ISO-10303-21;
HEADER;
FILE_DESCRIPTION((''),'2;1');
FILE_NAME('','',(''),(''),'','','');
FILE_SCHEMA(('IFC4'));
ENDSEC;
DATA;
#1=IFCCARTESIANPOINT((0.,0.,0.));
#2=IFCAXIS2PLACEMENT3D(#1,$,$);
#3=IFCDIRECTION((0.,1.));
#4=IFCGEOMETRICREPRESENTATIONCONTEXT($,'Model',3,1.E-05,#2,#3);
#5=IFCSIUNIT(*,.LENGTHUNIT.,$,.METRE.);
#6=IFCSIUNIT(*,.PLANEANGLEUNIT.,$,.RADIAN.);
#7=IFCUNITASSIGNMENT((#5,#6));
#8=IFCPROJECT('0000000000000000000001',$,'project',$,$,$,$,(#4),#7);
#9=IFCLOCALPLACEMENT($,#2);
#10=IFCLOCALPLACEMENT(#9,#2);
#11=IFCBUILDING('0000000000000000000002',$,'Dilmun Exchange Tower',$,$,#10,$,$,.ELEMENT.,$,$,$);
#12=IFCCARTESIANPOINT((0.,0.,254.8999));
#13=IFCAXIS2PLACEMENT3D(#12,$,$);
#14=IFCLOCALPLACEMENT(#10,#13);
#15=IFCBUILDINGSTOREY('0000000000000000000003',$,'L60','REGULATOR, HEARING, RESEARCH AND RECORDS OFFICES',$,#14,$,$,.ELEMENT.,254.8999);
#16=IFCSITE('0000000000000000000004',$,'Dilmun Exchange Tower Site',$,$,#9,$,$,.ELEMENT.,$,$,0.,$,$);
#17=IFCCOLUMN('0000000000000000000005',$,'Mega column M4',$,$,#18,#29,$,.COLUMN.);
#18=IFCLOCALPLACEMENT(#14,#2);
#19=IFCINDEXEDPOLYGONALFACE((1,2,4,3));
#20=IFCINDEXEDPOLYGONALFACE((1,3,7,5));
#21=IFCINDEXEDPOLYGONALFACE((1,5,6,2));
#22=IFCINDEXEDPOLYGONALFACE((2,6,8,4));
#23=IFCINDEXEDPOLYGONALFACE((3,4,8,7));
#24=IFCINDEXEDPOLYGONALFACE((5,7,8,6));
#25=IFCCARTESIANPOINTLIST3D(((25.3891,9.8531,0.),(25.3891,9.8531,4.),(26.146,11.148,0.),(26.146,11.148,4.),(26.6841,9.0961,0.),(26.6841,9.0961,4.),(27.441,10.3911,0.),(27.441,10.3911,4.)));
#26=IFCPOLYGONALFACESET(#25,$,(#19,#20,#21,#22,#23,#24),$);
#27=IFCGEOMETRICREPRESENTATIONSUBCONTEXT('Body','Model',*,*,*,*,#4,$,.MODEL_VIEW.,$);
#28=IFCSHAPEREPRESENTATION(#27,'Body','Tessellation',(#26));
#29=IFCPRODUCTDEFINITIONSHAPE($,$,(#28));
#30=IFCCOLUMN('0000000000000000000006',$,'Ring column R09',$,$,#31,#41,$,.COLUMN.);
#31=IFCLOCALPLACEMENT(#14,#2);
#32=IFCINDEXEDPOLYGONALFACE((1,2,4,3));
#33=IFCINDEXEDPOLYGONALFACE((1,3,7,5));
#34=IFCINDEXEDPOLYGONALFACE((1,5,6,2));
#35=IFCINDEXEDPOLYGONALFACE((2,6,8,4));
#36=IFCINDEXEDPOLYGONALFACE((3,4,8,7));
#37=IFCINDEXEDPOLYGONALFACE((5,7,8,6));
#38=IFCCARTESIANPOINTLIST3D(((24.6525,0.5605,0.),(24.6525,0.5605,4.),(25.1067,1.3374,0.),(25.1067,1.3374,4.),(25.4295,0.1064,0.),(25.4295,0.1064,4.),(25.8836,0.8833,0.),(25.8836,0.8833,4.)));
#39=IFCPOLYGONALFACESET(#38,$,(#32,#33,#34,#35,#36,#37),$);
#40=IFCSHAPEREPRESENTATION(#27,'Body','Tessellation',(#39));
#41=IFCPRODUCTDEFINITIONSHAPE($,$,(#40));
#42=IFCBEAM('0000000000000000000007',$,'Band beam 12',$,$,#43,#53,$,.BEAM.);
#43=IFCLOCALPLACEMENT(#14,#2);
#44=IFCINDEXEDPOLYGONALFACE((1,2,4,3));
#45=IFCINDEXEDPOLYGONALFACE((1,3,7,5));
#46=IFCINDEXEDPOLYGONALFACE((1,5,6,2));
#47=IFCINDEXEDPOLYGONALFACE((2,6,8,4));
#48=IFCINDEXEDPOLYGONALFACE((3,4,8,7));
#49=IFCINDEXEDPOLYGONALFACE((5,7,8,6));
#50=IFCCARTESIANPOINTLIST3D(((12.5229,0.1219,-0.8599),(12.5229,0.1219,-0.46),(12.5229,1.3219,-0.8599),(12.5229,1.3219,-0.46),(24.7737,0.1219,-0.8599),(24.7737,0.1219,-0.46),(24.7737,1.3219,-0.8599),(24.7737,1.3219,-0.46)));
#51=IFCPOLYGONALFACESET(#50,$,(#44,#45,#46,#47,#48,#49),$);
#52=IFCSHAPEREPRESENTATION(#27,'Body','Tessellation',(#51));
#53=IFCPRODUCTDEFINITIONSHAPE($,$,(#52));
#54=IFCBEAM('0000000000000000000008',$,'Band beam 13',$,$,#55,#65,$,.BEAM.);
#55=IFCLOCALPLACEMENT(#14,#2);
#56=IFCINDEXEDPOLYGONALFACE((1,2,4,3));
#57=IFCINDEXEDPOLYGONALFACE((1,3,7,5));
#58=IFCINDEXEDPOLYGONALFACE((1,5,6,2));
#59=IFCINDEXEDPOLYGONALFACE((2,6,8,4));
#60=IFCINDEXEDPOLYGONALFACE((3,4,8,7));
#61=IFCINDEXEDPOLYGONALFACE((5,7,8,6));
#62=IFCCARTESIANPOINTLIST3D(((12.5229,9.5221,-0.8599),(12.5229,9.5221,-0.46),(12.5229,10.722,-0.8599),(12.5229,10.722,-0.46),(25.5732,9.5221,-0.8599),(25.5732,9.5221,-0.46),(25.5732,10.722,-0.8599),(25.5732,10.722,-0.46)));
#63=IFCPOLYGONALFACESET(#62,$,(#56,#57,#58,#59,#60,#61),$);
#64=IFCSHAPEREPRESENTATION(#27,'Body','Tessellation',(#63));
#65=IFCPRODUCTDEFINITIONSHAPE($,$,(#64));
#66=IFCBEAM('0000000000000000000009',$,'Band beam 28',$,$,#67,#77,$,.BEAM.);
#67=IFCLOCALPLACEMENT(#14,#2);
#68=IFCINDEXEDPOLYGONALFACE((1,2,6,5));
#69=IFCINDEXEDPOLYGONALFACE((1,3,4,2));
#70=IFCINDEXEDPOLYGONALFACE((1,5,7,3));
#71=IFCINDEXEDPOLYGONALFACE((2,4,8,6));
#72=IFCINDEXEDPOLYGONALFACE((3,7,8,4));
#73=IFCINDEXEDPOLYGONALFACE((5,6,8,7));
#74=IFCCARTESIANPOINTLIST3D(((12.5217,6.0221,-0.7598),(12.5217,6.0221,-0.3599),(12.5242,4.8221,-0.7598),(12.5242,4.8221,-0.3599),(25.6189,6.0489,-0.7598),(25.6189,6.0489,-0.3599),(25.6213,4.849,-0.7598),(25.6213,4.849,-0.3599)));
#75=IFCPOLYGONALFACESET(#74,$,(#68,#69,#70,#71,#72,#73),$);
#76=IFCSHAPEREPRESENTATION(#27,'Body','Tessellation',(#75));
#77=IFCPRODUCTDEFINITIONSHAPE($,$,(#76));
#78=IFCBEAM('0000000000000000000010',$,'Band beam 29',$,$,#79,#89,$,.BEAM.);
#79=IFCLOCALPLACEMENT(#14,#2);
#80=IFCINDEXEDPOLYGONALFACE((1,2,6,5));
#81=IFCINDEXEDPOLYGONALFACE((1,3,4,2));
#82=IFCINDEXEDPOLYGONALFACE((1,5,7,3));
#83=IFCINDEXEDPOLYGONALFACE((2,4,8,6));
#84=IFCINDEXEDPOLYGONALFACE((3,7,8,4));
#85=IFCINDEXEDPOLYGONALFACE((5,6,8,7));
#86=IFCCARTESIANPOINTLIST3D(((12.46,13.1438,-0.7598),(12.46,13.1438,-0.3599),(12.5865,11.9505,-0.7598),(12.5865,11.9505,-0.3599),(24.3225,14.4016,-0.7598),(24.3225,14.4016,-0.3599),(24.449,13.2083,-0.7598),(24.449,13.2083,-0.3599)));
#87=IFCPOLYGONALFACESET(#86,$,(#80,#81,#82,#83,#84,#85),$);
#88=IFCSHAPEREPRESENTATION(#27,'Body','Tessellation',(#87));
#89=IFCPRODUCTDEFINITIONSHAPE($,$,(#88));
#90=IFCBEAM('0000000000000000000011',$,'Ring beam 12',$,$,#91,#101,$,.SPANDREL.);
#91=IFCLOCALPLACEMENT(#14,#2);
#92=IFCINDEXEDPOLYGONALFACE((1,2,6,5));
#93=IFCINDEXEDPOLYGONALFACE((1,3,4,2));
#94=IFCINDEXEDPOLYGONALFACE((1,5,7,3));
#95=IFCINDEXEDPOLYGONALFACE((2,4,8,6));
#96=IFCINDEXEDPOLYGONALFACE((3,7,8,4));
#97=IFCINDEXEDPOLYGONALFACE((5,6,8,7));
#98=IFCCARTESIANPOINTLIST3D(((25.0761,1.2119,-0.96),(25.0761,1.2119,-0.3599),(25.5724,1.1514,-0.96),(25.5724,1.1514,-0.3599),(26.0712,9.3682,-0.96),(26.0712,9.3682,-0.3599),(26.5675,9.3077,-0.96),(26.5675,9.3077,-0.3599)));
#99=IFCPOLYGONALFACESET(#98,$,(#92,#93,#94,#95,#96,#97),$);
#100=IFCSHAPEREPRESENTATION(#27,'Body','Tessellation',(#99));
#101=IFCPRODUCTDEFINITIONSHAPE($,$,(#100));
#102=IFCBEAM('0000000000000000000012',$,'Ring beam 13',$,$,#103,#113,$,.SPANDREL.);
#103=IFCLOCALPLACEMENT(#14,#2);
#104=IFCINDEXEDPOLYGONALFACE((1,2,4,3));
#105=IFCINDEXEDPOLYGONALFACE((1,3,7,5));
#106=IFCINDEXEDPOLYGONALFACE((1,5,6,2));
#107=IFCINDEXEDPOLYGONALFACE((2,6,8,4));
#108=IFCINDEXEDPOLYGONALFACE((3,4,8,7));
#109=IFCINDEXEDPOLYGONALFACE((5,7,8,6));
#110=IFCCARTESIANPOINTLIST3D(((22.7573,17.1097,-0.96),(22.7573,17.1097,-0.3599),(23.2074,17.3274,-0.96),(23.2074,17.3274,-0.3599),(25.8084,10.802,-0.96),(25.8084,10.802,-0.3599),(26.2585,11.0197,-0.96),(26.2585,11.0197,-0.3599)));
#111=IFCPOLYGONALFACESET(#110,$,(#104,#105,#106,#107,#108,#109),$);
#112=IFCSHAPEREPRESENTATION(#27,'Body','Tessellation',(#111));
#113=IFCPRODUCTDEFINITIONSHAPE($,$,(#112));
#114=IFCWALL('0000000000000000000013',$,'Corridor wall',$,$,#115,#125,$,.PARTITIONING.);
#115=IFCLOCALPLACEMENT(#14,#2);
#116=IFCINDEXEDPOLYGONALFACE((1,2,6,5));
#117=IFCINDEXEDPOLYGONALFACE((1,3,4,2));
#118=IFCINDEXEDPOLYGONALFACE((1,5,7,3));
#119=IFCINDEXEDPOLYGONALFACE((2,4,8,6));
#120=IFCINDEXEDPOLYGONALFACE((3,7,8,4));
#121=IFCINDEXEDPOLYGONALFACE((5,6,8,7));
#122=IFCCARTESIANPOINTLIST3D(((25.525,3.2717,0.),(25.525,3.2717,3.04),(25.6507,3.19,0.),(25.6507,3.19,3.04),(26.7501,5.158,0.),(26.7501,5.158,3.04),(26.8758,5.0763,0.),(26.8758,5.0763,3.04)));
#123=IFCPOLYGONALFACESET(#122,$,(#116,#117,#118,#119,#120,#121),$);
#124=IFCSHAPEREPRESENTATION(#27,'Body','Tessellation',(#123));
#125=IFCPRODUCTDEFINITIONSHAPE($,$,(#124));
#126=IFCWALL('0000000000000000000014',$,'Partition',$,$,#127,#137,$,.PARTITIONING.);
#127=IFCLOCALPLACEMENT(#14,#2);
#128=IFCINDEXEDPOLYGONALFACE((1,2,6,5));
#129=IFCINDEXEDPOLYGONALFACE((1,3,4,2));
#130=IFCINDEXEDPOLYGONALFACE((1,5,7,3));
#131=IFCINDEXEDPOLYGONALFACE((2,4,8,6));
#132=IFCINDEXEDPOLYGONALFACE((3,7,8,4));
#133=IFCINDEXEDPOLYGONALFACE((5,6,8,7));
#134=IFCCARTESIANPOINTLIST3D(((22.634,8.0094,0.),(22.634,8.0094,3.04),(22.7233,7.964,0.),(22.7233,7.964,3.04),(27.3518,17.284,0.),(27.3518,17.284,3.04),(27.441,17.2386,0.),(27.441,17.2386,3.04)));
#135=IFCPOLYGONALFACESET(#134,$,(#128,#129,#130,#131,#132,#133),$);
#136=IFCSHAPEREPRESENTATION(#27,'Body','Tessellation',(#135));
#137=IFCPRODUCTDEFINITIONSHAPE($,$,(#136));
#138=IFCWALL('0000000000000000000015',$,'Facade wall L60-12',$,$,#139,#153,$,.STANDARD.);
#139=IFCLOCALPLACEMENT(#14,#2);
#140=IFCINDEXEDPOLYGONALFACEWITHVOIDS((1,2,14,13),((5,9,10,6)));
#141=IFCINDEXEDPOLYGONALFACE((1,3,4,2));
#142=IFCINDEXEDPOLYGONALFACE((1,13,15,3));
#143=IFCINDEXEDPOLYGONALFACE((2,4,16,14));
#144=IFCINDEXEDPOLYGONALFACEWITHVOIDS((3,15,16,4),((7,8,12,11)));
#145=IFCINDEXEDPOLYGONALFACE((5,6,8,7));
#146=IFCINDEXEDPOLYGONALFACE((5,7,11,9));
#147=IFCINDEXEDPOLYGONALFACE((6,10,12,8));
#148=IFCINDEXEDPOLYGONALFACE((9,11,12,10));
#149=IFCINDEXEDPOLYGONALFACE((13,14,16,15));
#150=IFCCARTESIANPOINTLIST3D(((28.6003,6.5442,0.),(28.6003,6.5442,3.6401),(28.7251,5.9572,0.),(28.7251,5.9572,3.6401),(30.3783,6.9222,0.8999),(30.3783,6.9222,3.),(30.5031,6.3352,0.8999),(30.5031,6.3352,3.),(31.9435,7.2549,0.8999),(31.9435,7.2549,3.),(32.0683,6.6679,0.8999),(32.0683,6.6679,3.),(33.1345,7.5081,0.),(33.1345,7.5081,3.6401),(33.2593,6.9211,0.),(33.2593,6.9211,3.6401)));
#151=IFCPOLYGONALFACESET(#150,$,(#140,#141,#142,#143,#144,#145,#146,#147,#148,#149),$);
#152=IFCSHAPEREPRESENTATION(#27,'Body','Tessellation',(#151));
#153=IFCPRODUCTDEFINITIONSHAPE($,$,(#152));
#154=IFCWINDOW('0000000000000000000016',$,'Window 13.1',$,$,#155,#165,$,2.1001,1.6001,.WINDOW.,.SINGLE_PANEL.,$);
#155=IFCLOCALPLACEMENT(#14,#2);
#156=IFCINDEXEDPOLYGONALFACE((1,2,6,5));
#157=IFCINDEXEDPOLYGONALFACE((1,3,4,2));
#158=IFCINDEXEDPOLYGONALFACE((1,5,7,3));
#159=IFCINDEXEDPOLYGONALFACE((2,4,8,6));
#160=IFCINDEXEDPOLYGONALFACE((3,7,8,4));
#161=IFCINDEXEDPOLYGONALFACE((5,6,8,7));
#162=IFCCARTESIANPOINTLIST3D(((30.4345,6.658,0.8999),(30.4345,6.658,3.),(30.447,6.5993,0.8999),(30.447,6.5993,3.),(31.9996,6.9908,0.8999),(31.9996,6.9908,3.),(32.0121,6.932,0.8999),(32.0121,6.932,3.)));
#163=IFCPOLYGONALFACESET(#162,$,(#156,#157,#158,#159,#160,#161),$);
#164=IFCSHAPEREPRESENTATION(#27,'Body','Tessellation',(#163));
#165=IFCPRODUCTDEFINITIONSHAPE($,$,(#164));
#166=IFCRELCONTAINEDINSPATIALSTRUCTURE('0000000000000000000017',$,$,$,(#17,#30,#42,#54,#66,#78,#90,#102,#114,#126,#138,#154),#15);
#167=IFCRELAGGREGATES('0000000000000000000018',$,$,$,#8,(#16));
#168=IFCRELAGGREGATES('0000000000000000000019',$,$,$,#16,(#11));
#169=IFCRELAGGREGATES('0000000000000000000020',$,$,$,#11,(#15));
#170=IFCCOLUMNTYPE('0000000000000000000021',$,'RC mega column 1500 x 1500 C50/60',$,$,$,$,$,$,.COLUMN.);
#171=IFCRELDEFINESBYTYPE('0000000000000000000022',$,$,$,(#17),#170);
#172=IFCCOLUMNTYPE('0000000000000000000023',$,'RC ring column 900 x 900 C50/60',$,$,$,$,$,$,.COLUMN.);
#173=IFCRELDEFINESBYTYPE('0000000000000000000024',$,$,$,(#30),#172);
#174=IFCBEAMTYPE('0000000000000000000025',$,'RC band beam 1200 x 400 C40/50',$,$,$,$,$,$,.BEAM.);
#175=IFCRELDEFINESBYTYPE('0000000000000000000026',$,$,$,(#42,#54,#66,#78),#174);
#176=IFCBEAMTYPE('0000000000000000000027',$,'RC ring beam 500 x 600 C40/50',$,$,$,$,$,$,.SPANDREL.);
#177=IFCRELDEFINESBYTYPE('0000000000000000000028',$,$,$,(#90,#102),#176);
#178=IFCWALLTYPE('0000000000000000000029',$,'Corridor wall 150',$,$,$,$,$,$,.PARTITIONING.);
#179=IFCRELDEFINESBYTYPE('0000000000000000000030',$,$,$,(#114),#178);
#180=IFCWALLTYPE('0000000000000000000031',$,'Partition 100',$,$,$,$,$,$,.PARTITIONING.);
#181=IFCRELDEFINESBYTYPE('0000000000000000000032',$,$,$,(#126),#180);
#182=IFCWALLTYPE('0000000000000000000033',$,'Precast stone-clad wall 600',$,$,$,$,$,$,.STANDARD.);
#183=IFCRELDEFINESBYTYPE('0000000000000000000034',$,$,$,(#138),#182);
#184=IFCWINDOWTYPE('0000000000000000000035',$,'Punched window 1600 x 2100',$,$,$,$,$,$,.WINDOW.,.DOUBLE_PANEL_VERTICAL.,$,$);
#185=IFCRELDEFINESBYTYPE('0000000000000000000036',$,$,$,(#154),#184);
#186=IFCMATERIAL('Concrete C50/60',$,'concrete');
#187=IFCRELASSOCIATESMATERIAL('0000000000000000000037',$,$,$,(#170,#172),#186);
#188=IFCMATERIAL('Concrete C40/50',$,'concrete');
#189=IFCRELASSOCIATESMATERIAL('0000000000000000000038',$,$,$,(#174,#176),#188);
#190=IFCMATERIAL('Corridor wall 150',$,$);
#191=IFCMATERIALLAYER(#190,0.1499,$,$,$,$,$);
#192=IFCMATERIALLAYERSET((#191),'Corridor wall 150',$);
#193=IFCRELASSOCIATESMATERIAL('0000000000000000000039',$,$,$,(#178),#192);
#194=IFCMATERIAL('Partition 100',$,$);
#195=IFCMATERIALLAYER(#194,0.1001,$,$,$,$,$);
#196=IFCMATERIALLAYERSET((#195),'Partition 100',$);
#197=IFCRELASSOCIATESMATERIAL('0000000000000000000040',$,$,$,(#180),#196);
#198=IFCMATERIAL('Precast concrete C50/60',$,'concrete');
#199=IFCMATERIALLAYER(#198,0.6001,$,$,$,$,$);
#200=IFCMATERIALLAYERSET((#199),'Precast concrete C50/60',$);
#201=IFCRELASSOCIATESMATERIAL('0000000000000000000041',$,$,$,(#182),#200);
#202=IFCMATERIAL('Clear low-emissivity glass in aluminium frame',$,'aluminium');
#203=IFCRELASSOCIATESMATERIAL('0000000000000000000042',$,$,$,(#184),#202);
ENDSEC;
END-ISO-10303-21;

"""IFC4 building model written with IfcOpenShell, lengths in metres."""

from ifc_helpers import new_model, si_unit, direction, frame, frame_2d, origin, origin_2d, place, context, subcontext, project, spatial, rectangle, extrude, material, layer, layer_set, material_profile, profile_set, type_object, element, fill, save


model = new_model("IFC4")

# Units and contexts
model_context = context("Model", 3, precision=1e-05, world=origin(), true_north=direction((0.0, 1.0)))
body_context = subcontext(model_context, "Body", "Model", "MODEL_VIEW")
ifc_project = project(units=[si_unit("LENGTHUNIT", "METRE"), si_unit("PLANEANGLEUNIT", "RADIAN")], contexts=[model_context])

# Site, building, storey
site_placement = place(None, origin())
site = spatial("IfcSite", under=ifc_project, at=site_placement, Name="Dilmun Exchange Tower Site", CompositionType="ELEMENT", RefElevation=0.0)
building_placement = place(site_placement, origin())
building = spatial("IfcBuilding", under=site, at=building_placement, Name="Dilmun Exchange Tower", CompositionType="ELEMENT")
storey_placement = place(building_placement, frame((0.0, 0.0, 254.8999)))
storey = spatial("IfcBuildingStorey", under=building, at=storey_placement, Name="L60", Description="REGULATOR, HEARING, RESEARCH AND RECORDS OFFICES", CompositionType="ELEMENT", Elevation=254.8999)

# Columns
ifc_material_1 = material(Name="Concrete C50/60", Category="concrete")
ifc_material_profile_1 = material_profile(ifc_material_1, rectangle(XDim=1.5, YDim=1.5, at=origin_2d()), Name="1500 x 1500")
ifc_profile_set_1 = profile_set([ifc_material_profile_1], Name="Concrete C50/60")
column_type_1 = type_object("IfcColumnType", Name="RC mega column 1500 x 1500 C50/60", PredefinedType="COLUMN", material=ifc_profile_set_1)
column_1_placement = place(storey_placement, frame((26.415, 10.1221, 0.0), z_axis=(0.0, 0.0, 1.0), x_axis=(0.504644, 0.863328, 0.0)))
element("IfcColumn", 1, at=column_1_placement, inside=storey, type_object=column_type_1, Name="Mega column M4", PredefinedType="COLUMN", context=body_context, shape_type="SweptSolid", body=[
    extrude(rectangle(XDim=1.5, YDim=1.5, at=origin_2d()), origin(), (0.0, 0.0, 1.0), 4.0),
])
ifc_material_profile_2 = material_profile(ifc_material_1, rectangle(XDim=0.8999, YDim=0.8999, at=origin_2d()), Name="900 x 900")
ifc_profile_set_2 = profile_set([ifc_material_profile_2], Name="Concrete C50/60")
column_type_2 = type_object("IfcColumnType", Name="RC ring column 900 x 900 C50/60", PredefinedType="COLUMN", material=ifc_profile_set_2)
column_2_placement = place(storey_placement, frame((25.2681, 0.7219, 0.0), z_axis=(0.0, 0.0, 1.0), x_axis=(0.504644, 0.863328, 0.0)))
element("IfcColumn", 2, at=column_2_placement, inside=storey, type_object=column_type_2, Name="Ring column R09", PredefinedType="COLUMN", context=body_context, shape_type="SweptSolid", body=[
    extrude(rectangle(XDim=0.8999, YDim=0.8999, at=origin_2d()), origin(), (0.0, 0.0, 1.0), 4.0),
])

# Beams
ifc_material_2 = material(Name="Concrete C40/50", Category="concrete")
ifc_material_profile_3 = material_profile(ifc_material_2, rectangle(XDim=1.2, YDim=0.3999, at=origin_2d()), Name="1200 x 400")
ifc_profile_set_3 = profile_set([ifc_material_profile_3], Name="Concrete C40/50")
beam_type_1 = type_object("IfcBeamType", Name="RC band beam 1200 x 400 C40/50", PredefinedType="BEAM", material=ifc_profile_set_3)
beam_1_placement = place(storey_placement, frame((24.7737, 0.7219, -0.6599), z_axis=(-1.0, 0.0, 0.0), x_axis=(0.0, -1.0, 0.0)))
element("IfcBeam", 3, at=beam_1_placement, inside=storey, type_object=beam_type_1, Name="Band beam 12", PredefinedType="BEAM", context=body_context, shape_type="SweptSolid", body=[
    extrude(rectangle(XDim=1.2, YDim=0.3999, at=origin_2d()), origin(), (0.0, 0.0, 1.0), 12.2507),
])
beam_2_placement = place(storey_placement, frame((25.5732, 10.1221, -0.6599), z_axis=(-1.0, 0.0, 0.0), x_axis=(0.0, -1.0, 0.0)))
element("IfcBeam", 4, at=beam_2_placement, inside=storey, type_object=beam_type_1, Name="Band beam 13", PredefinedType="BEAM", context=body_context, shape_type="SweptSolid", body=[
    extrude(rectangle(XDim=1.2, YDim=0.3999, at=origin_2d()), origin(), (0.0, 0.0, 1.0), 13.0503),
])
beam_3_placement = place(storey_placement, frame((25.6201, 5.449, -0.5598), z_axis=(-0.999998, -0.00205, 0.0), x_axis=(0.00205, -0.999998, 0.0)))
element("IfcBeam", 5, at=beam_3_placement, inside=storey, type_object=beam_type_1, Name="Band beam 28", PredefinedType="BEAM", context=body_context, shape_type="SweptSolid", body=[
    extrude(rectangle(XDim=1.2, YDim=0.3999, at=origin_2d()), origin(), (0.0, 0.0, 1.0), 13.0972),
])
beam_4_placement = place(storey_placement, frame((24.3857, 13.8049, -0.5598), z_axis=(-0.994426, -0.105441, 0.0), x_axis=(0.105441, -0.994426, 0.0)))
element("IfcBeam", 6, at=beam_4_placement, inside=storey, type_object=beam_type_1, Name="Band beam 29", PredefinedType="BEAM", context=body_context, shape_type="SweptSolid", body=[
    extrude(rectangle(XDim=1.2, YDim=0.3999, at=origin_2d()), origin(), (0.0, 0.0, 1.0), 11.929),
])
ifc_material_profile_4 = material_profile(ifc_material_2, rectangle(XDim=0.5, YDim=0.6001, at=origin_2d()), Name="500 x 600")
ifc_profile_set_4 = profile_set([ifc_material_profile_4], Name="Concrete C40/50")
beam_type_2 = type_object("IfcBeamType", Name="RC ring beam 500 x 600 C40/50", PredefinedType="SPANDREL", material=ifc_profile_set_4)
beam_5_placement = place(storey_placement, frame((25.3242, 1.1816, -0.6599), z_axis=(0.121109, 0.992639, 0.0), x_axis=(-0.992639, 0.121109, 0.0)))
element("IfcBeam", 7, at=beam_5_placement, inside=storey, type_object=beam_type_2, Name="Ring beam 12", PredefinedType="SPANDREL", context=body_context, shape_type="SweptSolid", body=[
    extrude(rectangle(XDim=0.5, YDim=0.6001, at=origin_2d()), origin(), (0.0, 0.0, 1.0), 8.2168),
])
beam_6_placement = place(storey_placement, frame((26.0334, 10.9109, -0.6599), z_axis=(-0.43544, 0.900218, 0.0), x_axis=(-0.900218, -0.43544, 0.0)))
element("IfcBeam", 8, at=beam_6_placement, inside=storey, type_object=beam_type_2, Name="Ring beam 13", PredefinedType="SPANDREL", context=body_context, shape_type="SweptSolid", body=[
    extrude(rectangle(XDim=0.5, YDim=0.6001, at=origin_2d()), origin(), (0.0, 0.0, 1.0), 7.0068),
])

# Walls
ifc_material_3 = material(Name="Corridor wall 150")
ifc_layer_1 = layer(ifc_material_3, 0.1499)
ifc_layer_set_1 = layer_set([ifc_layer_1], Name="Corridor wall 150")
wall_type_1 = type_object("IfcWallType", Name="Corridor wall 150", PredefinedType="PARTITIONING", material=ifc_layer_set_1)
wall_1_placement = place(storey_placement, frame((25.5879, 3.231, 0.0), z_axis=(0.0, 0.0, 1.0), x_axis=(0.544691, 0.838637, 0.0)))
element("IfcWall", 9, at=wall_1_placement, inside=storey, type_object=wall_type_1, Name="Corridor wall", PredefinedType="PARTITIONING", context=body_context, shape_type="SweptSolid", body=[
    extrude(rectangle(XDim=2.2493, YDim=0.1499, at=frame_2d((1.1245, 0.0))), origin(), (0.0, 0.0, 1.0), 3.04),
])
ifc_material_4 = material(Name="Partition 100")
ifc_layer_2 = layer(ifc_material_4, 0.1001)
ifc_layer_set_2 = layer_set([ifc_layer_2], Name="Partition 100")
wall_type_2 = type_object("IfcWallType", Name="Partition 100", PredefinedType="PARTITIONING", material=ifc_layer_set_2)
wall_2_placement = place(storey_placement, frame((22.6787, 7.9868, 0.0), z_axis=(0.0, 0.0, 1.0), x_axis=(0.453388, 0.891313, 0.0)))
element("IfcWall", 10, at=wall_2_placement, inside=storey, type_object=wall_type_2, Name="Partition", PredefinedType="PARTITIONING", context=body_context, shape_type="SweptSolid", body=[
    extrude(rectangle(XDim=10.4055, YDim=0.1001, at=frame_2d((5.2026, 0.0))), origin(), (0.0, 0.0, 1.0), 3.04),
])

# Wall, opening, window
ifc_material_5 = material(Name="Precast concrete C50/60", Category="concrete")
ifc_layer_3 = layer(ifc_material_5, 0.6001)
ifc_layer_set_3 = layer_set([ifc_layer_3], Name="Precast concrete C50/60")
wall_type_3 = type_object("IfcWallType", Name="Precast stone-clad wall 600", PredefinedType="STANDARD", material=ifc_layer_set_3)
wall_3_placement = place(storey_placement, frame((33.197, 7.2146, 0.0), z_axis=(0.0, 0.0, 1.0), x_axis=(-0.978143, -0.207932, 0.0)))
wall_3 = element("IfcWall", 11, at=wall_3_placement, inside=storey, type_object=wall_type_3, Name="Facade wall L60-12", PredefinedType="STANDARD", context=body_context, shape_type="SweptSolid", body=[
    extrude(rectangle(XDim=4.6355, YDim=0.6001, at=frame_2d((2.3179, 0.0))), origin(), (0.0, 0.0, 1.0), 3.6401),
])
opening_1_placement = place(wall_3_placement, frame((1.2178, 0.0, 0.8999)))
opening_1 = element("IfcOpeningElement", 12, at=opening_1_placement, cuts=wall_3, PredefinedType="OPENING", context=body_context, shape_type="SweptSolid", body=[
    extrude(rectangle(XDim=1.6001, YDim=2.1001, at=frame_2d((0.8, 1.05))), frame((0.0, 0.3101, 0.0), z_axis=(0.0, -1.0, 0.0), x_axis=(1.0, 0.0, 0.0)), (0.0, 0.0, 1.0), 0.6201),
])
ifc_material_6 = material(Name="Clear low-emissivity glass in aluminium frame", Category="aluminium")
window_type_1 = type_object("IfcWindowType", Name="Punched window 1600 x 2100", PartitioningType="DOUBLE_PANEL_VERTICAL", PredefinedType="WINDOW", material=ifc_material_6)
window_1_placement = place(opening_1_placement, origin())
window_1 = element("IfcWindow", 13, at=window_1_placement, inside=storey, type_object=window_type_1, Name="Window 13.1", OverallHeight=2.1001, OverallWidth=1.6001, PartitioningType="SINGLE_PANEL", PredefinedType="WINDOW", context=body_context, shape_type="SweptSolid", body=[
    extrude(rectangle(XDim=1.6001, YDim=2.1001, at=frame_2d((0.8, 1.05))), frame((0.0, 0.03, 0.0), z_axis=(0.0, -1.0, 0.0), x_axis=(1.0, 0.0, 0.0)), (0.0, 0.0, 1.0), 0.0601),
])
fill(opening_1, window_1)

save(model, "model.ifc")
